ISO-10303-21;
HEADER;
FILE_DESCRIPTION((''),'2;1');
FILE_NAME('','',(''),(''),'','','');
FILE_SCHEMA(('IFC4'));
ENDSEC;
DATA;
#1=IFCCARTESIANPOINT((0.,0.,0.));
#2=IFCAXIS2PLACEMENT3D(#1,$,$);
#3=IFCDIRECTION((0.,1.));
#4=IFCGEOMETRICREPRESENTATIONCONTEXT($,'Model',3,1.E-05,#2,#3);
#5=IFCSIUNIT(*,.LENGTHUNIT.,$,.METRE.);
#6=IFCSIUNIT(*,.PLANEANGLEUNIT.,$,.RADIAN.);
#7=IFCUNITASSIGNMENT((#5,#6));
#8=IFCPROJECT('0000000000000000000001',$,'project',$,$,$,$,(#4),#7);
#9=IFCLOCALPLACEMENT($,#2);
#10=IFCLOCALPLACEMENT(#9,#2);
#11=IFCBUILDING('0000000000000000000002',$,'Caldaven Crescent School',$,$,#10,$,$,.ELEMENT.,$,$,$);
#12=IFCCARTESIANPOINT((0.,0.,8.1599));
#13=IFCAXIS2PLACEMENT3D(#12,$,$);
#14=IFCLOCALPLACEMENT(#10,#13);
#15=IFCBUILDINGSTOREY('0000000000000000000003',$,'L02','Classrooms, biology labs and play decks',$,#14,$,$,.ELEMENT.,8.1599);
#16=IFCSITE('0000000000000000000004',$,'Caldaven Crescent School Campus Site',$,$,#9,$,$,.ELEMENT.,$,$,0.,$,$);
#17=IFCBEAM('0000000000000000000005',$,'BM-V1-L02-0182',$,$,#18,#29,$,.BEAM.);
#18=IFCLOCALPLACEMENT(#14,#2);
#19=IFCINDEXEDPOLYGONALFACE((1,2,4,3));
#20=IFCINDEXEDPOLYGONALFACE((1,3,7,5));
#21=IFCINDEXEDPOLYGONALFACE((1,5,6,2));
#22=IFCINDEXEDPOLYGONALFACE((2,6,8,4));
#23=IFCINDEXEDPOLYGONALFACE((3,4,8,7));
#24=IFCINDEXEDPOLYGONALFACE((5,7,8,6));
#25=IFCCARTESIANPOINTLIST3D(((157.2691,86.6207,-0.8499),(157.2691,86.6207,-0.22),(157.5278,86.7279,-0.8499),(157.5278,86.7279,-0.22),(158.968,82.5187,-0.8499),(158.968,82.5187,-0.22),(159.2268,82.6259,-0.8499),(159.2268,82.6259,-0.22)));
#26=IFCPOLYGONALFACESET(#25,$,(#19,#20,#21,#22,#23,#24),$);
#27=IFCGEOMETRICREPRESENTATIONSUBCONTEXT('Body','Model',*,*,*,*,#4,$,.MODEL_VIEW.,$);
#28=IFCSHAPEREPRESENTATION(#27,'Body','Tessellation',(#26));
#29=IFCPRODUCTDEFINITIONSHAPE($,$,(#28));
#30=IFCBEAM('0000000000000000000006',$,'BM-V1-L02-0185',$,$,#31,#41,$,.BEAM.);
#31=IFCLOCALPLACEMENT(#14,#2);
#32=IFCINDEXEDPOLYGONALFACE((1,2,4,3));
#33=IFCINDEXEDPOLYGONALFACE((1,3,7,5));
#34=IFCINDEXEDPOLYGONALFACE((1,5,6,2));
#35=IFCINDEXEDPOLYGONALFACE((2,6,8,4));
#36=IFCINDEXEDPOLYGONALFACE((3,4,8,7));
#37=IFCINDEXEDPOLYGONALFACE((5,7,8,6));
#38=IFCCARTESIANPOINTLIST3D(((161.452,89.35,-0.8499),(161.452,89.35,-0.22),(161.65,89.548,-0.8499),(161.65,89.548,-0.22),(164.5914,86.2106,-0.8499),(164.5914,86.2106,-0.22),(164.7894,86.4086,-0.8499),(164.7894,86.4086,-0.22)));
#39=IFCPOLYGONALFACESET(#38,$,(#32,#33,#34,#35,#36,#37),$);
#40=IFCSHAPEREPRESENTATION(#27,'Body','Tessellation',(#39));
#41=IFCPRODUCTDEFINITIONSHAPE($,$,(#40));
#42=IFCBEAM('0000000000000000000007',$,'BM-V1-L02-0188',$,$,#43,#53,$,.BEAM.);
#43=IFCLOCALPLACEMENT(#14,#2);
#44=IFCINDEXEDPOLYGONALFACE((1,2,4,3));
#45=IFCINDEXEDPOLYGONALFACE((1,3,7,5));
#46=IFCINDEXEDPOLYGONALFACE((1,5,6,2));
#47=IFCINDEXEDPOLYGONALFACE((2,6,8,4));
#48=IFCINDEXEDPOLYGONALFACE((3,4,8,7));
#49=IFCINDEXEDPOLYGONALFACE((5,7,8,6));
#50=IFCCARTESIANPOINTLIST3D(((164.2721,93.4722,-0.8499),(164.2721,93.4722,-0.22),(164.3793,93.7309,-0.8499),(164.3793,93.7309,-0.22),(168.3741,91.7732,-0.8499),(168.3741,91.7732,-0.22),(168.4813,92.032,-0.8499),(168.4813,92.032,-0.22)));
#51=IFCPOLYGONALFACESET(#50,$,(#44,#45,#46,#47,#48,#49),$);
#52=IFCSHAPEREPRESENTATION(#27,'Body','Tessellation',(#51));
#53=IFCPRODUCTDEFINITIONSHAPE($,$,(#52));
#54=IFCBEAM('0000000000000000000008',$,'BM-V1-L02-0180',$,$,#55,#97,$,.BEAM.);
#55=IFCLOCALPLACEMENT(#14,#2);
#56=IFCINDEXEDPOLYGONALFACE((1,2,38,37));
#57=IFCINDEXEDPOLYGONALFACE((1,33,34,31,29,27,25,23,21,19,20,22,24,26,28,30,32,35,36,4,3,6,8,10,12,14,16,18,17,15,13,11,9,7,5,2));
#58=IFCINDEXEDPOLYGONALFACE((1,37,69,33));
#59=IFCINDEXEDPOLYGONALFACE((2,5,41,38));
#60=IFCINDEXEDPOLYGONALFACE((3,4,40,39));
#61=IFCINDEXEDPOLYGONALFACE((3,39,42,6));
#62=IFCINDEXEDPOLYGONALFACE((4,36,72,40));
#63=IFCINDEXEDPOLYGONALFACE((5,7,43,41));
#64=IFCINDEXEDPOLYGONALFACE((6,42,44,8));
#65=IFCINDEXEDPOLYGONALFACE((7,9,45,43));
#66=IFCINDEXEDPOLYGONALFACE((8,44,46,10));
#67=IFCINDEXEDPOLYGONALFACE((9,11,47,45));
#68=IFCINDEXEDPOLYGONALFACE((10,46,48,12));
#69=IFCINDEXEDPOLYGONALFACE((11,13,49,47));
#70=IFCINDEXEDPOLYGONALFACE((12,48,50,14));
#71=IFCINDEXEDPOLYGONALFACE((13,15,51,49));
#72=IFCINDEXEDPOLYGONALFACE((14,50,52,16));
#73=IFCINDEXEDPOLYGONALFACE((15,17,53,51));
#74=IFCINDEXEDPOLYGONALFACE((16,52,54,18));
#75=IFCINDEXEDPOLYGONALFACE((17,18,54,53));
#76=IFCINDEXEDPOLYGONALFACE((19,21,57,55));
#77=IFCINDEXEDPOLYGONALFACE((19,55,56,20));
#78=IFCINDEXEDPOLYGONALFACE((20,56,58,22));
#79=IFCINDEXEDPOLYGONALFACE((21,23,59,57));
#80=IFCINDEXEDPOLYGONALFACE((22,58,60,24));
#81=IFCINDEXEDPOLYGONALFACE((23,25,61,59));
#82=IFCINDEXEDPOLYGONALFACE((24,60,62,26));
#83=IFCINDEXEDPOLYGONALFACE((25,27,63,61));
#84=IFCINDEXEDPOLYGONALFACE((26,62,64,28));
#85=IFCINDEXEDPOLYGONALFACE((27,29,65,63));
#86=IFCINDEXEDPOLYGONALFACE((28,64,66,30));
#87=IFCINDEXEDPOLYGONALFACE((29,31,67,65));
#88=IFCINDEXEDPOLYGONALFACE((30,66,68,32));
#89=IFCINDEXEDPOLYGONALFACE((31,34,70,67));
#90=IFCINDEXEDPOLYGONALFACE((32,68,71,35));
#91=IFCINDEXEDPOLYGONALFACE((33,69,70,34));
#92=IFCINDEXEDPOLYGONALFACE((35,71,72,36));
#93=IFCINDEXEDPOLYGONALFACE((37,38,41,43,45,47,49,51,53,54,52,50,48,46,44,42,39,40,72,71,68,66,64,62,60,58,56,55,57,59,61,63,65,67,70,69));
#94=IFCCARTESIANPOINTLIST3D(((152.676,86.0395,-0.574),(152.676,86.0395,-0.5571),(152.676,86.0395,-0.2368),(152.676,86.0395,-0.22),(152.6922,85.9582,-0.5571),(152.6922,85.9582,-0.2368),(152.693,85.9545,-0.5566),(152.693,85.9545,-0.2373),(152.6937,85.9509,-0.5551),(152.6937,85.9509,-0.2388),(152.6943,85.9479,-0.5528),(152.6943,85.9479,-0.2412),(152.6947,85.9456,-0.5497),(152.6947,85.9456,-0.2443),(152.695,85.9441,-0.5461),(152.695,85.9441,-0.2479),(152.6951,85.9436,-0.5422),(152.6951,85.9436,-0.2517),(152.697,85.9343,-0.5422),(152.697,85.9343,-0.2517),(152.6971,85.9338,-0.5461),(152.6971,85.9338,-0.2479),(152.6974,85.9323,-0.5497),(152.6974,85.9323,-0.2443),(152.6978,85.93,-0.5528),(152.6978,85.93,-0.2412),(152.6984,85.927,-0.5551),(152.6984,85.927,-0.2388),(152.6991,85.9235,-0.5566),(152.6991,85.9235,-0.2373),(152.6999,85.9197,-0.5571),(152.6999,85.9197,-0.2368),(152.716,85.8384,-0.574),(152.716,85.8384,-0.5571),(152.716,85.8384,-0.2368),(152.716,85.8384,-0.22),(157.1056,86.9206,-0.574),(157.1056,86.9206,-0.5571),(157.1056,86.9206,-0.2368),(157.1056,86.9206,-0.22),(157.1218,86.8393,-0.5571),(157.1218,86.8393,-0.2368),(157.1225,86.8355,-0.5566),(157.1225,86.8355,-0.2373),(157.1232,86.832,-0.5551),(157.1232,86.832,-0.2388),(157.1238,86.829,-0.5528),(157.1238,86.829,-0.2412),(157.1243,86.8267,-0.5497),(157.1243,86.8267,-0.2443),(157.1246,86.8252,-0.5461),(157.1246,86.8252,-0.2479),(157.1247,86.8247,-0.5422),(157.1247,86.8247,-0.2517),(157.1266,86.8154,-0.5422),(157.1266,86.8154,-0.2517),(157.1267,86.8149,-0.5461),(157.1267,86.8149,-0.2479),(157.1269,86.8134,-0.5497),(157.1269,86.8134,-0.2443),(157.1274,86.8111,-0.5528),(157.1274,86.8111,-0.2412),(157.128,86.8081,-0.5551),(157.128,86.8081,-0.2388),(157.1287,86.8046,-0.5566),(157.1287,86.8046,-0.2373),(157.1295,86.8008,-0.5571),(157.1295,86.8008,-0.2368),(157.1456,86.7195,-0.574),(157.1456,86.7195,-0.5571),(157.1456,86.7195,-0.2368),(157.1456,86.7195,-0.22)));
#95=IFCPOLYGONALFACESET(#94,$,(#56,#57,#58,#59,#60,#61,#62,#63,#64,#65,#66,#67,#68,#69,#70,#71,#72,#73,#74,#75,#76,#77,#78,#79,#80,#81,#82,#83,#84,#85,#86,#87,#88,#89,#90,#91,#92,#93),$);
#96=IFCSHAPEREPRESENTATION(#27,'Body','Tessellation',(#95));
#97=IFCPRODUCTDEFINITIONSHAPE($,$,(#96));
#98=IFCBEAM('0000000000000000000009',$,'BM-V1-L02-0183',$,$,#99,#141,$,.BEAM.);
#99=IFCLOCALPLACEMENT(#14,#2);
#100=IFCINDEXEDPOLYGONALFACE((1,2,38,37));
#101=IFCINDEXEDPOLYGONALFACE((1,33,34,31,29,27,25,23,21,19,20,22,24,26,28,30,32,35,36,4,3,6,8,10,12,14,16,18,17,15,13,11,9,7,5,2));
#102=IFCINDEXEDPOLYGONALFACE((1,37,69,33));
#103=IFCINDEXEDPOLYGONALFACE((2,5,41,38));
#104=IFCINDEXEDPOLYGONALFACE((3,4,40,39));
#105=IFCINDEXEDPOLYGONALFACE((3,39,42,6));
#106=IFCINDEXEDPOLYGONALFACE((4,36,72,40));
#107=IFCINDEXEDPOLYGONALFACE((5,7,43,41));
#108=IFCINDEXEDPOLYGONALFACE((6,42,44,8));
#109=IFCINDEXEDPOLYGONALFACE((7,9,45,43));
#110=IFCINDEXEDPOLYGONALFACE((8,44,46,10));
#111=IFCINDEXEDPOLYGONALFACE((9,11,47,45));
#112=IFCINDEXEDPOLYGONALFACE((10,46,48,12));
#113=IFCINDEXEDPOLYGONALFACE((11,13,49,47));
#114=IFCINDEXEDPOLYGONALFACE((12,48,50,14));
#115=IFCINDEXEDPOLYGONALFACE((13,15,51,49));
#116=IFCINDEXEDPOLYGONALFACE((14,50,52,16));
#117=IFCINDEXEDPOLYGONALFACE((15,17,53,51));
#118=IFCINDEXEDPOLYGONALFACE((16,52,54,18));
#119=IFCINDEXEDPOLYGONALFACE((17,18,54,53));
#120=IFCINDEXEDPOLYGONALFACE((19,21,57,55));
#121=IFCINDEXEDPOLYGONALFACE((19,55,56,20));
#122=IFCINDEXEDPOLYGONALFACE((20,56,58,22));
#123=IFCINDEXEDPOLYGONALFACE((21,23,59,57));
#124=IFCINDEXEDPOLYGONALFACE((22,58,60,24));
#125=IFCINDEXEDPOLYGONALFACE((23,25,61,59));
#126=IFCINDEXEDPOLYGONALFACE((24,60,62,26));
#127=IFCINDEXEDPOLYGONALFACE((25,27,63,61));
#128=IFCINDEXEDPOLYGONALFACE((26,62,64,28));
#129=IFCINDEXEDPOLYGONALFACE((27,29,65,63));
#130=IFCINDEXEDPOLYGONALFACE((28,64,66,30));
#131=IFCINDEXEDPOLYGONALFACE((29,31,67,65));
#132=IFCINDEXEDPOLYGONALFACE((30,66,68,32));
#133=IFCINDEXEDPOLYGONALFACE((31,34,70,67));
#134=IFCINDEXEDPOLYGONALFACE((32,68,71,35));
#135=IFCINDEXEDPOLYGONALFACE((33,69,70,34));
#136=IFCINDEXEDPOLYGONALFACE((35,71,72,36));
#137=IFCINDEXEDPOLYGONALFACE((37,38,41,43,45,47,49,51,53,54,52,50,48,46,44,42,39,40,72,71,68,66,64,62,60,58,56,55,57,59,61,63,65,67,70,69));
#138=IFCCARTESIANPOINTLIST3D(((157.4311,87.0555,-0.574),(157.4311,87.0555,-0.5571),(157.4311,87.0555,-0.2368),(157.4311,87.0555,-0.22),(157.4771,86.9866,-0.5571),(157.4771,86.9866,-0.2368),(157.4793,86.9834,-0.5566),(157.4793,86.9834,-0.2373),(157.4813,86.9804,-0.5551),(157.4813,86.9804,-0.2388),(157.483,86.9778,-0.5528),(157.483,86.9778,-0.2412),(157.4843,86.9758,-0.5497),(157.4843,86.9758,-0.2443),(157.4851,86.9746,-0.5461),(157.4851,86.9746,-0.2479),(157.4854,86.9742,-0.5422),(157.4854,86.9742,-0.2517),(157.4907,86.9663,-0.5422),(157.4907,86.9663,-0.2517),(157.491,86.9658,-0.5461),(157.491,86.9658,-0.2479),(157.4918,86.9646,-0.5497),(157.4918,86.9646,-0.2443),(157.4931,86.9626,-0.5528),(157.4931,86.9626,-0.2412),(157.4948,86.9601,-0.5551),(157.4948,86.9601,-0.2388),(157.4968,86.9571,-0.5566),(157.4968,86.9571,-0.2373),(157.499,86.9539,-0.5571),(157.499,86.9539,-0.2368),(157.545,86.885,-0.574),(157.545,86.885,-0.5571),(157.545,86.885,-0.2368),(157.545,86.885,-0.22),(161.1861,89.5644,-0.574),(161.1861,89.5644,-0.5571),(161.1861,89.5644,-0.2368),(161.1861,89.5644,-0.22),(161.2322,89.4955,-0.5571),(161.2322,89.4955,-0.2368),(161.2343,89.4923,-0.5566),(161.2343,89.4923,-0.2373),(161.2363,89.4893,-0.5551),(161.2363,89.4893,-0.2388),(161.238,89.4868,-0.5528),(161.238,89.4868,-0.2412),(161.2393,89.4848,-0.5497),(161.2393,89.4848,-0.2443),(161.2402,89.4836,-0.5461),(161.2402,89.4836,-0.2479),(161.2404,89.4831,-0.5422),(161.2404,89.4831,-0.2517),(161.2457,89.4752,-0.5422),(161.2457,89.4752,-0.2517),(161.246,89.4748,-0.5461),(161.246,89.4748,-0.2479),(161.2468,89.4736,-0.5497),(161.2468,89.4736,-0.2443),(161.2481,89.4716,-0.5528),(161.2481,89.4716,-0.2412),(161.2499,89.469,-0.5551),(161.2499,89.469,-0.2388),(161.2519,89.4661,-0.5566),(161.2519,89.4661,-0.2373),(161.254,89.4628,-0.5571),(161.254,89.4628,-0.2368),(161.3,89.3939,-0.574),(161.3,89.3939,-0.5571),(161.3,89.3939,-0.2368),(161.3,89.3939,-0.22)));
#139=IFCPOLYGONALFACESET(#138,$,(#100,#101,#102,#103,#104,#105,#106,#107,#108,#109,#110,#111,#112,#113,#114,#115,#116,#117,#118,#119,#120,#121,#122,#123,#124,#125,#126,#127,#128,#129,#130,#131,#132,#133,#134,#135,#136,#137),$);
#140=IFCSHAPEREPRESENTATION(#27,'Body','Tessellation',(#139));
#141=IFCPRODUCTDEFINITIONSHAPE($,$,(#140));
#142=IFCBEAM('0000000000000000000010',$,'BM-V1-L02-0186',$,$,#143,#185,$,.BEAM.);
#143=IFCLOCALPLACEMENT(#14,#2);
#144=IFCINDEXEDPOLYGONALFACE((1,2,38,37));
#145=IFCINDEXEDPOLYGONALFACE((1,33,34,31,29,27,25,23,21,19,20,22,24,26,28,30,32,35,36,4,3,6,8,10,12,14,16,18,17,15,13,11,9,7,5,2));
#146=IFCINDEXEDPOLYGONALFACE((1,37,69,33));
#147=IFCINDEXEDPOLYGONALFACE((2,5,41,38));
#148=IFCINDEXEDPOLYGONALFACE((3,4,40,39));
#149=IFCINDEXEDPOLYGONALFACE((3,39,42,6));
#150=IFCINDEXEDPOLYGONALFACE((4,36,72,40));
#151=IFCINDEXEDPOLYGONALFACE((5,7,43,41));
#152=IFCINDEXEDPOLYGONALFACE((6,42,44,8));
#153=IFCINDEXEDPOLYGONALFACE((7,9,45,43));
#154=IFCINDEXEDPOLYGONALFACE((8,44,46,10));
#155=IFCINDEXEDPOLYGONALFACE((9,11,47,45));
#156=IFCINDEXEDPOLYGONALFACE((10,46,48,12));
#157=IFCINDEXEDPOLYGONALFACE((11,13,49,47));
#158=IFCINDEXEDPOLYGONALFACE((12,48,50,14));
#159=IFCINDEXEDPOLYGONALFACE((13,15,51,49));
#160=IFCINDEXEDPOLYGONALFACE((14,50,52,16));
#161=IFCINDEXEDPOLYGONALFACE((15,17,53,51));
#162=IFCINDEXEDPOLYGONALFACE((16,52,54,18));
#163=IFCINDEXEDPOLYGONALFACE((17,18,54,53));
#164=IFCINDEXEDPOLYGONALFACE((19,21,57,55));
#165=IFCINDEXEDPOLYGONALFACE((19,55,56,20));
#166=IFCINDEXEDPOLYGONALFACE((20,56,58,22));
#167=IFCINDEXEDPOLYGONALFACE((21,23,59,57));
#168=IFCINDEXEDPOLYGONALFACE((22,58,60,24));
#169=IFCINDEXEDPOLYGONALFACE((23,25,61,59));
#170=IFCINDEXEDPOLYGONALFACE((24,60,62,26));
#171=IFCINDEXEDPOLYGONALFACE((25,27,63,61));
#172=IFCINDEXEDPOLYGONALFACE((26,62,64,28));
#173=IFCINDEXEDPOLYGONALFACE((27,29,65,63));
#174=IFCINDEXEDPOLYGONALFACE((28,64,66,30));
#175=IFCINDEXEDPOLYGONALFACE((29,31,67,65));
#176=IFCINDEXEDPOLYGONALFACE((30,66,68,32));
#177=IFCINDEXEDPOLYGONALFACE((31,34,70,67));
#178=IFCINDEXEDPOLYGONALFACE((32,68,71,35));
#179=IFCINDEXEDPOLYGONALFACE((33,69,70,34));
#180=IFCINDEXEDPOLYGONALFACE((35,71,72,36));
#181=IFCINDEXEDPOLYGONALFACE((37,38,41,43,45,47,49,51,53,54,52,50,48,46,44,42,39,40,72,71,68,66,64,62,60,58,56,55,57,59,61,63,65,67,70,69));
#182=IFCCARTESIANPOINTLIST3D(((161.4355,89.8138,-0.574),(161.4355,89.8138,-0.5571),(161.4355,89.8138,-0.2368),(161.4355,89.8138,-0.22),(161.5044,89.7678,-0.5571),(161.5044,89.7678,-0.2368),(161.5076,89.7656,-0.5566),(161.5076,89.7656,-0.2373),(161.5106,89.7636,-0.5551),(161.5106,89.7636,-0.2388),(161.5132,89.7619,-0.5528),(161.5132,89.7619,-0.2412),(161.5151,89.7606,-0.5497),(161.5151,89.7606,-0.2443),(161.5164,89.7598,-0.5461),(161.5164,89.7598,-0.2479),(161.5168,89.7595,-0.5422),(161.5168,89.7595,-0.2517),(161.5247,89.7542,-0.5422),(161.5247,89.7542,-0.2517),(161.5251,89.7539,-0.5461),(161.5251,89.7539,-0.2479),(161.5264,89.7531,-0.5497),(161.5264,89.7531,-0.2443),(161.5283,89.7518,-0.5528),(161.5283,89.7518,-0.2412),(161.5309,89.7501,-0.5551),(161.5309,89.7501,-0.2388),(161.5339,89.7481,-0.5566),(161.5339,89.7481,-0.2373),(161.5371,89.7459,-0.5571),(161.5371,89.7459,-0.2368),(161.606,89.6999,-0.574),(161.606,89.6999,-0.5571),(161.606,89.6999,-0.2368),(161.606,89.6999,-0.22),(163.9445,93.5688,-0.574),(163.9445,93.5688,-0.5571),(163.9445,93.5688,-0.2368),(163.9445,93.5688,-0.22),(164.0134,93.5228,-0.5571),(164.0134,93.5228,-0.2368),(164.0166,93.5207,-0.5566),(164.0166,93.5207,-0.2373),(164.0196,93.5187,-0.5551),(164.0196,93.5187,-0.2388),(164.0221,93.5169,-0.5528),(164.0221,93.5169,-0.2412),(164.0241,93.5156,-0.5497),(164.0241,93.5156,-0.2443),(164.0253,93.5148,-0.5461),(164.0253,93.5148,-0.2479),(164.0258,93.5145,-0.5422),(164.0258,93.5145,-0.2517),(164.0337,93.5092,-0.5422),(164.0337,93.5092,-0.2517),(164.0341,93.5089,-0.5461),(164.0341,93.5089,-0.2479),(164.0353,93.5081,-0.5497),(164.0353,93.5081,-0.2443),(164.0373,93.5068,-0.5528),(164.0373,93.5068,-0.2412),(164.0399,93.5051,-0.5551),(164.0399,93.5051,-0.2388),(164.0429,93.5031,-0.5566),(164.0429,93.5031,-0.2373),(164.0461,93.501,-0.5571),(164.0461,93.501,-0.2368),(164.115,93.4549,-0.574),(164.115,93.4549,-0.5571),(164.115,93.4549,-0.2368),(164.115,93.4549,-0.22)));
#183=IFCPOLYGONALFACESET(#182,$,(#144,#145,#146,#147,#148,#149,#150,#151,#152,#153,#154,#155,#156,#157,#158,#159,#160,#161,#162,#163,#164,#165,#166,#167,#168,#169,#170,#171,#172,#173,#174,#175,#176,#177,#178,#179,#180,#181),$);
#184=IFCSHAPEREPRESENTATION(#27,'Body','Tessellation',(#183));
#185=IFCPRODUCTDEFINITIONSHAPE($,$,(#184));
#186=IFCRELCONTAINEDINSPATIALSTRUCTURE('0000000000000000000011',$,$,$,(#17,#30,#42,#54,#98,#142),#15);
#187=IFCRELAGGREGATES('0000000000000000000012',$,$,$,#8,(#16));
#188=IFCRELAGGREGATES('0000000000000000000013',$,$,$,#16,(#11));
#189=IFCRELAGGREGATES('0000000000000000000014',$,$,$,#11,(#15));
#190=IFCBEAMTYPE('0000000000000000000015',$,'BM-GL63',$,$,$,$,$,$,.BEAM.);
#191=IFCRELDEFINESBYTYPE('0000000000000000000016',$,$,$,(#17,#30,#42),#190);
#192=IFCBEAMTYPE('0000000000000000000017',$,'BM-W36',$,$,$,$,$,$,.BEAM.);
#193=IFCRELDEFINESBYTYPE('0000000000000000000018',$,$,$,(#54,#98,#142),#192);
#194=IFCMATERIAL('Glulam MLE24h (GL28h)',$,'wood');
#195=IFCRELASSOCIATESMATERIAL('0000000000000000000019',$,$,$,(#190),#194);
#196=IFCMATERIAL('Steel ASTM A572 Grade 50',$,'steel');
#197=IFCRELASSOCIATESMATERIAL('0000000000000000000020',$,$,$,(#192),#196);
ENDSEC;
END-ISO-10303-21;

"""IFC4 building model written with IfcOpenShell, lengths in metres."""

from ifc_helpers import new_model, si_unit, direction, frame, origin, origin_2d, place, context, subcontext, project, spatial, rectangle, i_section, extrude, material, material_profile, profile_set, type_object, element, save


model = new_model("IFC4")

# Units and contexts
model_context = context("Model", 3, precision=1e-05, world=origin(), true_north=direction((0.0, 1.0)))
body_context = subcontext(model_context, "Body", "Model", "MODEL_VIEW")
ifc_project = project(units=[si_unit("LENGTHUNIT", "METRE"), si_unit("PLANEANGLEUNIT", "RADIAN")], contexts=[model_context])

# Site, building, storey
site_placement = place(None, origin())
site = spatial("IfcSite", under=ifc_project, at=site_placement, Name="Caldaven Crescent School Campus Site", CompositionType="ELEMENT", RefElevation=0.0)
building_placement = place(site_placement, origin())
building = spatial("IfcBuilding", under=site, at=building_placement, Name="Caldaven Crescent School", CompositionType="ELEMENT")
storey_placement = place(building_placement, frame((0.0, 0.0, 8.1599)))
storey = spatial("IfcBuildingStorey", under=building, at=storey_placement, Name="L02", Description="Classrooms, biology labs and play decks", CompositionType="ELEMENT", Elevation=8.1599)

# Beams
ifc_material_1 = material(Name="Glulam MLE24h (GL28h)", Category="wood")
ifc_material_profile_1 = material_profile(ifc_material_1, rectangle(XDim=0.28, YDim=0.6299, at=origin_2d()), Name="MLE 280x630")
ifc_profile_set_1 = profile_set([ifc_material_profile_1], Name="Glulam MLE24h (GL28h)")
beam_type_1 = type_object("IfcBeamType", Name="BM-GL63", PredefinedType="BEAM", material=ifc_profile_set_1)
beam_1_placement = place(storey_placement, frame((157.3984, 86.6743, -0.5349), z_axis=(0.382655, -0.923892, 0.0), x_axis=(0.923892, 0.382655, 0.0)))
element("IfcBeam", 1, at=beam_1_placement, inside=storey, type_object=beam_type_1, Name="BM-V1-L02-0182", PredefinedType="BEAM", context=body_context, shape_type="SweptSolid", body=[
    extrude(rectangle(XDim=0.28, YDim=0.6299, at=origin_2d()), origin(), (0.0, 0.0, 1.0), 4.4399),
])
beam_2_placement = place(storey_placement, frame((161.551, 89.449, -0.5349), z_axis=(0.707107, -0.707107, 0.0), x_axis=(0.707107, 0.707107, 0.0)))
element("IfcBeam", 2, at=beam_2_placement, inside=storey, type_object=beam_type_1, Name="BM-V1-L02-0185", PredefinedType="BEAM", context=body_context, shape_type="SweptSolid", body=[
    extrude(rectangle(XDim=0.28, YDim=0.6299, at=origin_2d()), origin(), (0.0, 0.0, 1.0), 4.4397),
])
beam_3_placement = place(storey_placement, frame((164.3257, 93.6016, -0.5349), z_axis=(0.923892, -0.382655, 0.0), x_axis=(0.382655, 0.923892, 0.0)))
element("IfcBeam", 3, at=beam_3_placement, inside=storey, type_object=beam_type_1, Name="BM-V1-L02-0188", PredefinedType="BEAM", context=body_context, shape_type="SweptSolid", body=[
    extrude(rectangle(XDim=0.28, YDim=0.6299, at=origin_2d()), origin(), (0.0, 0.0, 1.0), 4.4399),
])
ifc_material_2 = material(Name="Steel ASTM A572 Grade 50", Category="steel")
ifc_material_profile_2 = material_profile(ifc_material_2, i_section(OverallWidth=0.2051, OverallDepth=0.354, WebThickness=0.0095, FlangeThickness=0.0168, FilletRadius=0.0149, at=origin_2d()), Name="W360x79")
ifc_profile_set_2 = profile_set([ifc_material_profile_2], Name="Steel ASTM A572 Grade 50")
beam_type_2 = type_object("IfcBeamType", Name="BM-W36", PredefinedType="BEAM", material=ifc_profile_set_2)
beam_4_placement = place(storey_placement, frame((152.696, 85.939, -0.397), z_axis=(0.980786, 0.195087, 0.0), x_axis=(-0.195087, 0.980786, 0.0)))
element("IfcBeam", 4, at=beam_4_placement, inside=storey, type_object=beam_type_2, Name="BM-V1-L02-0180", PredefinedType="BEAM", context=body_context, shape_type="SweptSolid", body=[
    extrude(i_section(OverallWidth=0.2051, OverallDepth=0.354, WebThickness=0.0095, FlangeThickness=0.0168, FilletRadius=0.0149, at=origin_2d()), origin(), (0.0, 0.0, 1.0), 4.5164),
])
for number, where, z_axis, x_axis, name in (
    (5, (157.488, 86.9702, -0.397), (0.831476, 0.555561, 0.0), (-0.555561, 0.831476, 0.0), "BM-V1-L02-0183"),
    (6, (161.5208, 89.7568, -0.397), (0.555561, 0.831476, 0.0), (-0.831476, 0.555561, 0.0), "BM-V1-L02-0186"),
):
    element("IfcBeam", number, at=place(storey_placement, frame(where, z_axis=z_axis, x_axis=x_axis)), inside=storey, type_object=beam_type_2, Name=name, PredefinedType="BEAM", context=body_context, shape_type="SweptSolid", body=[
        extrude(i_section(OverallWidth=0.2051, OverallDepth=0.354, WebThickness=0.0095, FlangeThickness=0.0168, FilletRadius=0.0149, at=origin_2d()), origin(), (0.0, 0.0, 1.0), 4.5161),
    ])

save(model, "model.ifc")
